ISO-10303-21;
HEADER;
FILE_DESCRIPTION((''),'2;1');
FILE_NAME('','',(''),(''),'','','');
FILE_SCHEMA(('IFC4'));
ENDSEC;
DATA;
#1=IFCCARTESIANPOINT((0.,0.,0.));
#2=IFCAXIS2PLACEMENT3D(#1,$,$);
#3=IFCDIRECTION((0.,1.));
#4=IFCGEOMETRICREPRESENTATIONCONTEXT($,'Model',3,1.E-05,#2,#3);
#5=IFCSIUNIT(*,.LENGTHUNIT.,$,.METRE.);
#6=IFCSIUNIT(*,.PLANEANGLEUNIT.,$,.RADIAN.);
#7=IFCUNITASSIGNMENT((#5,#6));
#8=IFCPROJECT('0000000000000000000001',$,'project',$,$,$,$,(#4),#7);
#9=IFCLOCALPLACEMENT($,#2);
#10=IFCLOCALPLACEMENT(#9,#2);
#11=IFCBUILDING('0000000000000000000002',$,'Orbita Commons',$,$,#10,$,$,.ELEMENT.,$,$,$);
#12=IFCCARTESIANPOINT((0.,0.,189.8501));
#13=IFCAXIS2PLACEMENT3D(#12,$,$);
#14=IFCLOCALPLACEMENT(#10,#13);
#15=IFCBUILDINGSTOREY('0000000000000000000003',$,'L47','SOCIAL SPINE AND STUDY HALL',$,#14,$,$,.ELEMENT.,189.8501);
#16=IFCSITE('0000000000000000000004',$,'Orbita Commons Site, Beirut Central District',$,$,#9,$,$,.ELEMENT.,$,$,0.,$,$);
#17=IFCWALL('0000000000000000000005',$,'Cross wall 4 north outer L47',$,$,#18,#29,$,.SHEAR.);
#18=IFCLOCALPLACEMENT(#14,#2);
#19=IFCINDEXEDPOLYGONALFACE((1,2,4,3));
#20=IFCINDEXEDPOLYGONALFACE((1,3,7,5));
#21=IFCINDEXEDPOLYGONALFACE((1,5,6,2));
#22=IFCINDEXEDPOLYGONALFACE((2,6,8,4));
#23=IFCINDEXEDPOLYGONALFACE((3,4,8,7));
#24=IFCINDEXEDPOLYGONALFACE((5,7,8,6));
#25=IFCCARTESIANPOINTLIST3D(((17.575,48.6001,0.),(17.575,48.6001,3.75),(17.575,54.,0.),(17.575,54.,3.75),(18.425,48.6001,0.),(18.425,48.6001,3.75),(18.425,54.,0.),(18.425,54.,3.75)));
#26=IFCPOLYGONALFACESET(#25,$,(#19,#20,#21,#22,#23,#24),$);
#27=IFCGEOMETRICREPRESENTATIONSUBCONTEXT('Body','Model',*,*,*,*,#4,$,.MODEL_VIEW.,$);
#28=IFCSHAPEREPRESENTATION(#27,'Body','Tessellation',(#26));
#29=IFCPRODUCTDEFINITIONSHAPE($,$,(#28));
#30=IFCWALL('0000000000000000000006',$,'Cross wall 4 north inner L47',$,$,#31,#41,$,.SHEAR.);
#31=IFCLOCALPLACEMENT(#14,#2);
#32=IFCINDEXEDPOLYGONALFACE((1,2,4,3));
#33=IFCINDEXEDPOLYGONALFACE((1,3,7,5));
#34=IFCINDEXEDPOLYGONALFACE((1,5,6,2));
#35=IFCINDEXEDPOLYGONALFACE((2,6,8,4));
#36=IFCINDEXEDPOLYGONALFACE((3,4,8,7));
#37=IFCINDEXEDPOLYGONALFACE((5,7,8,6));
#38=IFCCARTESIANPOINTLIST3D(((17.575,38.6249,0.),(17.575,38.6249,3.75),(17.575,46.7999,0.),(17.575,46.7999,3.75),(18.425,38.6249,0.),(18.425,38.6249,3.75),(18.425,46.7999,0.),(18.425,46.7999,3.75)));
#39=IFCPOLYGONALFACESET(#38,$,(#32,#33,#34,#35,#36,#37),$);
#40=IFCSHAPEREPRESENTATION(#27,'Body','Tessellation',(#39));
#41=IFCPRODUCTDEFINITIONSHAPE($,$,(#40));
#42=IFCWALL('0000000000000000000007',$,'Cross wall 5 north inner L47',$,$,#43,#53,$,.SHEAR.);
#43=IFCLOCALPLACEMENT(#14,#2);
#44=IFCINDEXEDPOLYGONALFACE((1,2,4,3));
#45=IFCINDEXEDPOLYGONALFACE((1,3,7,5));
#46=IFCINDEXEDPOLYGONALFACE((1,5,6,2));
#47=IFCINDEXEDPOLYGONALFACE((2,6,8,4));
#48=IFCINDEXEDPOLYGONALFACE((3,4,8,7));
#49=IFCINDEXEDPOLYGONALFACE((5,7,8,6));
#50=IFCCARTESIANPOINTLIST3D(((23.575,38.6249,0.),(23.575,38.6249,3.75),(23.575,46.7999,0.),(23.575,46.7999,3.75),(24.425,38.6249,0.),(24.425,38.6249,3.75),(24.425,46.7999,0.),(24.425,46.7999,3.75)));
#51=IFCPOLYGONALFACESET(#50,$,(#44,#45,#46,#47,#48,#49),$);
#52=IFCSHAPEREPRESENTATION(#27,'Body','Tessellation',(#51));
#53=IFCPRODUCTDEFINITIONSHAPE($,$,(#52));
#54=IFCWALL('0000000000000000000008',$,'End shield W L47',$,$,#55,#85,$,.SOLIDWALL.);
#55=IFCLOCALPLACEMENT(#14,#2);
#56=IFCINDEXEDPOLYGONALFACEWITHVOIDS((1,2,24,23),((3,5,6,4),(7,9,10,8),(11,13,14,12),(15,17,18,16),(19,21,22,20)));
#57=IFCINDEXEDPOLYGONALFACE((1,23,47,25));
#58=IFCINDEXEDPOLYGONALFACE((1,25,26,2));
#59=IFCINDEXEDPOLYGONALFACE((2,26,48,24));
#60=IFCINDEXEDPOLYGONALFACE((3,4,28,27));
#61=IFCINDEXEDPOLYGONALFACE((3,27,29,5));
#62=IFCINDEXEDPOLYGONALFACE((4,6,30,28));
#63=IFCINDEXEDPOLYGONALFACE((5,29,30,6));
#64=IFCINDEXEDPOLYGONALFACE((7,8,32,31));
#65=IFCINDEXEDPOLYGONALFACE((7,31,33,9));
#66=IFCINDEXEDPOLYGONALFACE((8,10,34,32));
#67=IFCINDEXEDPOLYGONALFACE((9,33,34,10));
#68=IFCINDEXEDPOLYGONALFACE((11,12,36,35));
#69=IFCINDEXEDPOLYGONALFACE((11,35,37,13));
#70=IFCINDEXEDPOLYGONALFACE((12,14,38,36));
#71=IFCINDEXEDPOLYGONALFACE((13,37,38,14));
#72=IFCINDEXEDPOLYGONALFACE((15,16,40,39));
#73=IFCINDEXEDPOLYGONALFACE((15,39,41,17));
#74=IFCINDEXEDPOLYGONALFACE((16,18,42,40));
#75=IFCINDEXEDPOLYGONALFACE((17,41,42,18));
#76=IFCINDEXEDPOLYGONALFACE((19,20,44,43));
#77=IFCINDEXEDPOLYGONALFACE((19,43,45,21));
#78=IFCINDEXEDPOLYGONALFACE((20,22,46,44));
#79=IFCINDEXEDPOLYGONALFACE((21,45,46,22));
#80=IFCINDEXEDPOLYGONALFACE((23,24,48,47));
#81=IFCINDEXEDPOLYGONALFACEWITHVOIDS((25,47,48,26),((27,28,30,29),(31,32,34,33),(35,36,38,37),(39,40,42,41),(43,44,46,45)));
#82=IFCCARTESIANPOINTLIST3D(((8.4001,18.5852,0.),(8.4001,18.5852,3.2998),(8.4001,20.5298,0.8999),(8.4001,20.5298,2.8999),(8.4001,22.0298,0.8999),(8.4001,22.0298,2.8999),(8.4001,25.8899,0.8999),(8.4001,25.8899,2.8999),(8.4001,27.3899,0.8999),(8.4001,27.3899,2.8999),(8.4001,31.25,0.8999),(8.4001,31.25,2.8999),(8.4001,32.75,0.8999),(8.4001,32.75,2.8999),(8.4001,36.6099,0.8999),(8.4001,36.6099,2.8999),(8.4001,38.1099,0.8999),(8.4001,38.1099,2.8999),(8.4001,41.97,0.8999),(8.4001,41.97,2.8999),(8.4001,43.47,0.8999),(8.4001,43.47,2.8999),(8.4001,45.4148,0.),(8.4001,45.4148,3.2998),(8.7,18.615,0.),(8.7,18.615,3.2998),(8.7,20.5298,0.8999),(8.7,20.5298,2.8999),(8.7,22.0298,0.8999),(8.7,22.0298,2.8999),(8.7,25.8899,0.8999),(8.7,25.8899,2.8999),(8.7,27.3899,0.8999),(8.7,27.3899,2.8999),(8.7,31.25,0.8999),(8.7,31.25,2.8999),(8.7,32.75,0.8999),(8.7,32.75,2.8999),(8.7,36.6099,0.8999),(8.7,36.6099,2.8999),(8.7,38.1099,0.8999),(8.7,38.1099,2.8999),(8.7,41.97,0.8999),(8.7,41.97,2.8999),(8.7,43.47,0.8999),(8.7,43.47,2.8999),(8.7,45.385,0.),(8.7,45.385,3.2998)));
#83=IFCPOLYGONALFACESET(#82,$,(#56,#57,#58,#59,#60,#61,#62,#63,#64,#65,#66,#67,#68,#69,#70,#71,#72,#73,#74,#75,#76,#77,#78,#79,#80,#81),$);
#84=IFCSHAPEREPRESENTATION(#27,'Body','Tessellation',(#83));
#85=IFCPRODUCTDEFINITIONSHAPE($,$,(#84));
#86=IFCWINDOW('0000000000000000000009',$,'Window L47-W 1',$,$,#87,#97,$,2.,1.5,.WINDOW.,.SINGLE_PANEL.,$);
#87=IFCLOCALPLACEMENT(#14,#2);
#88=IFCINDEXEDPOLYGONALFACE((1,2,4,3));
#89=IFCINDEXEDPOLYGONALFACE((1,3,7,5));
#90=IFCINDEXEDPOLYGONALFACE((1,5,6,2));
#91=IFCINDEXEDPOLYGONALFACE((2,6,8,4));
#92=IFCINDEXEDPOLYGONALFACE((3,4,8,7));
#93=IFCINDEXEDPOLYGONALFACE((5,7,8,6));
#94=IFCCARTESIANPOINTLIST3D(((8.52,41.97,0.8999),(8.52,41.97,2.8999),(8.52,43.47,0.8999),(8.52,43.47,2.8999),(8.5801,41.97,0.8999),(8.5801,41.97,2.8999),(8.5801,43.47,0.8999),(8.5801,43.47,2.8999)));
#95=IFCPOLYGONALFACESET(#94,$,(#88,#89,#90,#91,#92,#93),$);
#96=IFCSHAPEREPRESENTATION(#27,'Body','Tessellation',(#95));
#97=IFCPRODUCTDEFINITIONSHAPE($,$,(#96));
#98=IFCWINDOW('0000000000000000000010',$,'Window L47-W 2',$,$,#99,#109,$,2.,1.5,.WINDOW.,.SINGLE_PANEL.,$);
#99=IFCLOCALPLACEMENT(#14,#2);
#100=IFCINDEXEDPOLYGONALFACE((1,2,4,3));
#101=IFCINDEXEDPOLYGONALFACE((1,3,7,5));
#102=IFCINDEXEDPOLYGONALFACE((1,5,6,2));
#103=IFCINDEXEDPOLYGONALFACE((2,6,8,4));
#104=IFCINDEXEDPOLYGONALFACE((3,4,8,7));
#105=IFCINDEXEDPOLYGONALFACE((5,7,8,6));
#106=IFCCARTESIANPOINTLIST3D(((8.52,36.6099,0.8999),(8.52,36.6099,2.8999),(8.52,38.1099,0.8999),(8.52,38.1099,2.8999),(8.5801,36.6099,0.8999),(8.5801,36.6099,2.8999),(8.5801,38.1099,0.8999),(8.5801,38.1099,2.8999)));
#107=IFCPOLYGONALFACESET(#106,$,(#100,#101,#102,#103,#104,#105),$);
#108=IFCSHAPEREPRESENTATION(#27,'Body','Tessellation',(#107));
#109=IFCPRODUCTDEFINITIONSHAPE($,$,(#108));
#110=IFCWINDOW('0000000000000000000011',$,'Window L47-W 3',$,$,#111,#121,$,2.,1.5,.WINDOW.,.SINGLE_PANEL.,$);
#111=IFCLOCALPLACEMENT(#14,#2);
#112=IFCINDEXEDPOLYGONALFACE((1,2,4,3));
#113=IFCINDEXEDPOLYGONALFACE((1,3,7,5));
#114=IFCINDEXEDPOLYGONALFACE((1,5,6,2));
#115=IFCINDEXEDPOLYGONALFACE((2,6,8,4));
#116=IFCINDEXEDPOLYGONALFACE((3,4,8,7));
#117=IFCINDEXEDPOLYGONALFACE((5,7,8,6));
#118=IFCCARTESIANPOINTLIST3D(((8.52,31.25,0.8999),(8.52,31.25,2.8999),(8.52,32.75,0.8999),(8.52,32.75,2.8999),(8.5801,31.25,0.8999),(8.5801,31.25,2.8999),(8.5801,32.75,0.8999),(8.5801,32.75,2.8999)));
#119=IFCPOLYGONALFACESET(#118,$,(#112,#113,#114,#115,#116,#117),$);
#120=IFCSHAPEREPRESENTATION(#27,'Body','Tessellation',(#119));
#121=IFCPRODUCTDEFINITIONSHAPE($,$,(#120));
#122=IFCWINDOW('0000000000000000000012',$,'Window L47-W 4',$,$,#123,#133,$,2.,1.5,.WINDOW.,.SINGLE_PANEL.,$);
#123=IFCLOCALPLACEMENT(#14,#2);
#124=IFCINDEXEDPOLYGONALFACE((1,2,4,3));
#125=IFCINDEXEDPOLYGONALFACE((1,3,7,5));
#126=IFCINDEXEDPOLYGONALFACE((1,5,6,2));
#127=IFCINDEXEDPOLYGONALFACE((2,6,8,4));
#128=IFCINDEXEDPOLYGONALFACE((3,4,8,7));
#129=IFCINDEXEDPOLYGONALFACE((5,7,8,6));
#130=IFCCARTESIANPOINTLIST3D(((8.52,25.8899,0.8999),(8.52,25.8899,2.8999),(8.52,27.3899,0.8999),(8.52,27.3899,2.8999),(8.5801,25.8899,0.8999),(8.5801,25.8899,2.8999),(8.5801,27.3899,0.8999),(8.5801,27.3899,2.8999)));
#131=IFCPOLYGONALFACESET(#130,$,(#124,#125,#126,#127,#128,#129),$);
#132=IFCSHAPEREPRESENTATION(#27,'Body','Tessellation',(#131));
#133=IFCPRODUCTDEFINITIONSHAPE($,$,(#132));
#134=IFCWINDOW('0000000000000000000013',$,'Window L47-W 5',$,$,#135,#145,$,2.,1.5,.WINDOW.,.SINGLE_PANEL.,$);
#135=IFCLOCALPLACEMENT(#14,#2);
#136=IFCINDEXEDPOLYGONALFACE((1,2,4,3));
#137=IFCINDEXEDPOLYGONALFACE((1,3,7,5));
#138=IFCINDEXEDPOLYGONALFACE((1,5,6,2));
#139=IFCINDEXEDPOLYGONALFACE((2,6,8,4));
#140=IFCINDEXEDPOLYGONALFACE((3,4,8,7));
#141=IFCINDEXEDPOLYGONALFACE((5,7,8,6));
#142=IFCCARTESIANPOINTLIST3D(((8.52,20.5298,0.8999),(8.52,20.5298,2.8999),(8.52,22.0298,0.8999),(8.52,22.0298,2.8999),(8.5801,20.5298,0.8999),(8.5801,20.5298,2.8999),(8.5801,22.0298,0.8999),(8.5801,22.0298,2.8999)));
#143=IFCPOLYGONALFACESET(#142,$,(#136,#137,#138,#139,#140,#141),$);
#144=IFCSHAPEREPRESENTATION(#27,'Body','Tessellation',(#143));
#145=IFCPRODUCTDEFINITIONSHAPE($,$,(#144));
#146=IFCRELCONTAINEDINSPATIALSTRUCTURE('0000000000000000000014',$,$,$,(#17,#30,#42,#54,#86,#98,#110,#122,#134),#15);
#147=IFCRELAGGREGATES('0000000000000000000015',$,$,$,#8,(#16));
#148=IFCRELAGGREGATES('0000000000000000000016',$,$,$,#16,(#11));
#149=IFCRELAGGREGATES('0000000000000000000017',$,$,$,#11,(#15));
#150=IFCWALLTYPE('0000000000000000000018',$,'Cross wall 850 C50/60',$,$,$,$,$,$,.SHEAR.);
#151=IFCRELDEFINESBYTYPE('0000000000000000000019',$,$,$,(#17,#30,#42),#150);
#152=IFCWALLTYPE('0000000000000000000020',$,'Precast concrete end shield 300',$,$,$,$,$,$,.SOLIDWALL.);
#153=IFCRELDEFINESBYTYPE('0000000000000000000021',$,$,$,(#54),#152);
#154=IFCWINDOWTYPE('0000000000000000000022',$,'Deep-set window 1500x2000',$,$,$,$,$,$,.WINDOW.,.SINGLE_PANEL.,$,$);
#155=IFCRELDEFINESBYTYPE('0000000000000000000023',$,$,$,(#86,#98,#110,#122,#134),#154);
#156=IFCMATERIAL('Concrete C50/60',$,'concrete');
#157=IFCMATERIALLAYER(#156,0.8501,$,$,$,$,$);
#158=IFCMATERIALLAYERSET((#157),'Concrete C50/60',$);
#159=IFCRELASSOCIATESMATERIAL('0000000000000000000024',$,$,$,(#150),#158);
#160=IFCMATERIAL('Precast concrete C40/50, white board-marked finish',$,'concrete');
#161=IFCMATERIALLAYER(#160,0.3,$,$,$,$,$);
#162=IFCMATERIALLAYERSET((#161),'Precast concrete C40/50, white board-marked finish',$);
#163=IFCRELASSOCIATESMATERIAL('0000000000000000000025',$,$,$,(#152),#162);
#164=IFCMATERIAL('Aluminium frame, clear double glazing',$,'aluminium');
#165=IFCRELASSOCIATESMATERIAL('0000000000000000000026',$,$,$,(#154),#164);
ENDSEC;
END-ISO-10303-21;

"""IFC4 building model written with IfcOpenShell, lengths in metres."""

from ifc_helpers import new_model, si_unit, direction, frame, frame_2d, origin, place, context, subcontext, project, spatial, polyline, rectangle, outline, extrude, material, layer, layer_set, type_object, element, fill, save


model = new_model("IFC4")

# Units and contexts
model_context = context("Model", 3, precision=1e-05, world=origin(), true_north=direction((0.0, 1.0)))
body_context = subcontext(model_context, "Body", "Model", "MODEL_VIEW")
ifc_project = project(units=[si_unit("LENGTHUNIT", "METRE"), si_unit("PLANEANGLEUNIT", "RADIAN")], contexts=[model_context])

# Site, building, storey
site_placement = place(None, origin())
site = spatial("IfcSite", under=ifc_project, at=site_placement, Name="Orbita Commons Site, Beirut Central District", CompositionType="ELEMENT", RefElevation=0.0)
building_placement = place(site_placement, origin())
building = spatial("IfcBuilding", under=site, at=building_placement, Name="Orbita Commons", CompositionType="ELEMENT")
storey_placement = place(building_placement, frame((0.0, 0.0, 189.8501)))
storey = spatial("IfcBuildingStorey", under=building, at=storey_placement, Name="L47", Description="SOCIAL SPINE AND STUDY HALL", CompositionType="ELEMENT", Elevation=189.8501)

# Walls
ifc_material_1 = material(Name="Concrete C50/60", Category="concrete")
ifc_layer_1 = layer(ifc_material_1, 0.8501)
ifc_layer_set_1 = layer_set([ifc_layer_1], Name="Concrete C50/60")
wall_type_1 = type_object("IfcWallType", Name="Cross wall 850 C50/60", PredefinedType="SHEAR", material=ifc_layer_set_1)
wall_1_placement = place(storey_placement, frame((18.0, 48.6001, 0.0), z_axis=(0.0, 0.0, 1.0), x_axis=(0.0, 1.0, 0.0)))
element("IfcWall", 1, at=wall_1_placement, inside=storey, type_object=wall_type_1, Name="Cross wall 4 north outer L47", PredefinedType="SHEAR", context=body_context, shape_type="SweptSolid", body=[
    extrude(rectangle(XDim=5.3999, YDim=0.8501, at=frame_2d((2.7, 0.0))), origin(), (0.0, 0.0, 1.0), 3.75),
])
for number, where, z_axis, x_axis, name in (
    (2, (18.0, 38.625, 0.0), (0.0, 0.0, 1.0), (0.0, 1.0, 0.0), "Cross wall 4 north inner L47"),
    (3, (24.0, 38.625, 0.0), (0.0, 0.0, 1.0), (0.0, 1.0, 0.0), "Cross wall 5 north inner L47"),
):
    element("IfcWall", number, at=place(storey_placement, frame(where, z_axis=z_axis, x_axis=x_axis)), inside=storey, type_object=wall_type_1, Name=name, PredefinedType="SHEAR", context=body_context, shape_type="SweptSolid", body=[
        extrude(rectangle(XDim=8.175, YDim=0.8501, at=frame_2d((4.0874, 0.0))), origin(), (0.0, 0.0, 1.0), 3.75),
    ])

# Wall, openings, windows
ifc_material_2 = material(Name="Precast concrete C40/50, white board-marked finish", Category="concrete")
ifc_layer_2 = layer(ifc_material_2, 0.3)
ifc_layer_set_2 = layer_set([ifc_layer_2], Name="Precast concrete C40/50, white board-marked finish")
wall_type_2 = type_object("IfcWallType", Name="Precast concrete end shield 300", PredefinedType="SOLIDWALL", material=ifc_layer_set_2)
wall_2_placement = place(storey_placement, frame((8.55, 45.3999, 0.0), z_axis=(0.0, 0.0, 1.0), x_axis=(0.0, -1.0, 0.0)))
wall_2 = element("IfcWall", 4, at=wall_2_placement, inside=storey, type_object=wall_type_2, Name="End shield W L47", PredefinedType="SOLIDWALL", context=body_context, shape_type="SweptSolid", body=[
    extrude(outline(polyline([(-0.0149, -0.1499), (26.8147, -0.1499), (26.7849, 0.1499), (0.0149, 0.1499), (-0.0149, -0.1499)])), origin(), (0.0, 0.0, 1.0), 3.2998),
])
opening_1_placement = place(wall_2_placement, frame((1.9299, 0.0, 0.8999)))
opening_1 = element("IfcOpeningElement", 5, at=opening_1_placement, cuts=wall_2, PredefinedType="OPENING", context=body_context, shape_type="SweptSolid", body=[
    extrude(rectangle(XDim=1.5, YDim=2.0, at=frame_2d((0.75, 1.0))), frame((0.0, 0.1599, 0.0), z_axis=(0.0, -1.0, 0.0), x_axis=(1.0, 0.0, 0.0)), (0.0, 0.0, 1.0), 0.3201),
])
opening_2_placement = place(wall_2_placement, frame((7.29, 0.0, 0.8999)))
opening_2 = element("IfcOpeningElement", 6, at=opening_2_placement, cuts=wall_2, PredefinedType="OPENING", context=body_context, shape_type="SweptSolid", body=[
    extrude(rectangle(XDim=1.5, YDim=2.0, at=frame_2d((0.75, 1.0))), frame((0.0, 0.1599, 0.0), z_axis=(0.0, -1.0, 0.0), x_axis=(1.0, 0.0, 0.0)), (0.0, 0.0, 1.0), 0.3201),
])
opening_3_placement = place(wall_2_placement, frame((12.6499, 0.0, 0.8999)))
opening_3 = element("IfcOpeningElement", 7, at=opening_3_placement, cuts=wall_2, PredefinedType="OPENING", context=body_context, shape_type="SweptSolid", body=[
    extrude(rectangle(XDim=1.5, YDim=2.0, at=frame_2d((0.75, 1.0))), frame((0.0, 0.1599, 0.0), z_axis=(0.0, -1.0, 0.0), x_axis=(1.0, 0.0, 0.0)), (0.0, 0.0, 1.0), 0.3201),
])
opening_4_placement = place(wall_2_placement, frame((18.01, 0.0, 0.8999)))
opening_4 = element("IfcOpeningElement", 8, at=opening_4_placement, cuts=wall_2, PredefinedType="OPENING", context=body_context, shape_type="SweptSolid", body=[
    extrude(rectangle(XDim=1.5, YDim=2.0, at=frame_2d((0.75, 1.0))), frame((0.0, 0.1599, 0.0), z_axis=(0.0, -1.0, 0.0), x_axis=(1.0, 0.0, 0.0)), (0.0, 0.0, 1.0), 0.3201),
])
opening_5_placement = place(wall_2_placement, frame((23.3701, 0.0, 0.8999)))
opening_5 = element("IfcOpeningElement", 9, at=opening_5_placement, cuts=wall_2, PredefinedType="OPENING", context=body_context, shape_type="SweptSolid", body=[
    extrude(rectangle(XDim=1.5, YDim=2.0, at=frame_2d((0.75, 1.0))), frame((0.0, 0.1599, 0.0), z_axis=(0.0, -1.0, 0.0), x_axis=(1.0, 0.0, 0.0)), (0.0, 0.0, 1.0), 0.3201),
])
ifc_material_3 = material(Name="Aluminium frame, clear double glazing", Category="aluminium")
window_type = type_object("IfcWindowType", Name="Deep-set window 1500x2000", PartitioningType="SINGLE_PANEL", PredefinedType="WINDOW", material=ifc_material_3)
window_1_placement = place(opening_1_placement, origin())
window_1 = element("IfcWindow", 10, at=window_1_placement, inside=storey, type_object=window_type, Name="Window L47-W 1", OverallHeight=2.0, OverallWidth=1.5, PartitioningType="SINGLE_PANEL", PredefinedType="WINDOW", context=body_context, shape_type="SweptSolid", body=[
    extrude(rectangle(XDim=1.5, YDim=2.0, at=frame_2d((0.75, 1.0))), frame((0.0, 0.03, 0.0), z_axis=(0.0, -1.0, 0.0), x_axis=(1.0, 0.0, 0.0)), (0.0, 0.0, 1.0), 0.0601),
])
fill(opening_1, window_1)
window_2_placement = place(opening_2_placement, origin())
window_2 = element("IfcWindow", 11, at=window_2_placement, inside=storey, type_object=window_type, Name="Window L47-W 2", OverallHeight=2.0, OverallWidth=1.5, PartitioningType="SINGLE_PANEL", PredefinedType="WINDOW", context=body_context, shape_type="SweptSolid", body=[
    extrude(rectangle(XDim=1.5, YDim=2.0, at=frame_2d((0.75, 1.0))), frame((0.0, 0.03, 0.0), z_axis=(0.0, -1.0, 0.0), x_axis=(1.0, 0.0, 0.0)), (0.0, 0.0, 1.0), 0.0601),
])
fill(opening_2, window_2)
window_3_placement = place(opening_3_placement, origin())
window_3 = element("IfcWindow", 12, at=window_3_placement, inside=storey, type_object=window_type, Name="Window L47-W 3", OverallHeight=2.0, OverallWidth=1.5, PartitioningType="SINGLE_PANEL", PredefinedType="WINDOW", context=body_context, shape_type="SweptSolid", body=[
    extrude(rectangle(XDim=1.5, YDim=2.0, at=frame_2d((0.75, 1.0))), frame((0.0, 0.03, 0.0), z_axis=(0.0, -1.0, 0.0), x_axis=(1.0, 0.0, 0.0)), (0.0, 0.0, 1.0), 0.0601),
])
fill(opening_3, window_3)
window_4_placement = place(opening_4_placement, origin())
window_4 = element("IfcWindow", 13, at=window_4_placement, inside=storey, type_object=window_type, Name="Window L47-W 4", OverallHeight=2.0, OverallWidth=1.5, PartitioningType="SINGLE_PANEL", PredefinedType="WINDOW", context=body_context, shape_type="SweptSolid", body=[
    extrude(rectangle(XDim=1.5, YDim=2.0, at=frame_2d((0.75, 1.0))), frame((0.0, 0.03, 0.0), z_axis=(0.0, -1.0, 0.0), x_axis=(1.0, 0.0, 0.0)), (0.0, 0.0, 1.0), 0.0601),
])
fill(opening_4, window_4)
window_5_placement = place(opening_5_placement, origin())
window_5 = element("IfcWindow", 14, at=window_5_placement, inside=storey, type_object=window_type, Name="Window L47-W 5", OverallHeight=2.0, OverallWidth=1.5, PartitioningType="SINGLE_PANEL", PredefinedType="WINDOW", context=body_context, shape_type="SweptSolid", body=[
    extrude(rectangle(XDim=1.5, YDim=2.0, at=frame_2d((0.75, 1.0))), frame((0.0, 0.03, 0.0), z_axis=(0.0, -1.0, 0.0), x_axis=(1.0, 0.0, 0.0)), (0.0, 0.0, 1.0), 0.0601),
])
fill(opening_5, window_5)

save(model, "model.ifc")
